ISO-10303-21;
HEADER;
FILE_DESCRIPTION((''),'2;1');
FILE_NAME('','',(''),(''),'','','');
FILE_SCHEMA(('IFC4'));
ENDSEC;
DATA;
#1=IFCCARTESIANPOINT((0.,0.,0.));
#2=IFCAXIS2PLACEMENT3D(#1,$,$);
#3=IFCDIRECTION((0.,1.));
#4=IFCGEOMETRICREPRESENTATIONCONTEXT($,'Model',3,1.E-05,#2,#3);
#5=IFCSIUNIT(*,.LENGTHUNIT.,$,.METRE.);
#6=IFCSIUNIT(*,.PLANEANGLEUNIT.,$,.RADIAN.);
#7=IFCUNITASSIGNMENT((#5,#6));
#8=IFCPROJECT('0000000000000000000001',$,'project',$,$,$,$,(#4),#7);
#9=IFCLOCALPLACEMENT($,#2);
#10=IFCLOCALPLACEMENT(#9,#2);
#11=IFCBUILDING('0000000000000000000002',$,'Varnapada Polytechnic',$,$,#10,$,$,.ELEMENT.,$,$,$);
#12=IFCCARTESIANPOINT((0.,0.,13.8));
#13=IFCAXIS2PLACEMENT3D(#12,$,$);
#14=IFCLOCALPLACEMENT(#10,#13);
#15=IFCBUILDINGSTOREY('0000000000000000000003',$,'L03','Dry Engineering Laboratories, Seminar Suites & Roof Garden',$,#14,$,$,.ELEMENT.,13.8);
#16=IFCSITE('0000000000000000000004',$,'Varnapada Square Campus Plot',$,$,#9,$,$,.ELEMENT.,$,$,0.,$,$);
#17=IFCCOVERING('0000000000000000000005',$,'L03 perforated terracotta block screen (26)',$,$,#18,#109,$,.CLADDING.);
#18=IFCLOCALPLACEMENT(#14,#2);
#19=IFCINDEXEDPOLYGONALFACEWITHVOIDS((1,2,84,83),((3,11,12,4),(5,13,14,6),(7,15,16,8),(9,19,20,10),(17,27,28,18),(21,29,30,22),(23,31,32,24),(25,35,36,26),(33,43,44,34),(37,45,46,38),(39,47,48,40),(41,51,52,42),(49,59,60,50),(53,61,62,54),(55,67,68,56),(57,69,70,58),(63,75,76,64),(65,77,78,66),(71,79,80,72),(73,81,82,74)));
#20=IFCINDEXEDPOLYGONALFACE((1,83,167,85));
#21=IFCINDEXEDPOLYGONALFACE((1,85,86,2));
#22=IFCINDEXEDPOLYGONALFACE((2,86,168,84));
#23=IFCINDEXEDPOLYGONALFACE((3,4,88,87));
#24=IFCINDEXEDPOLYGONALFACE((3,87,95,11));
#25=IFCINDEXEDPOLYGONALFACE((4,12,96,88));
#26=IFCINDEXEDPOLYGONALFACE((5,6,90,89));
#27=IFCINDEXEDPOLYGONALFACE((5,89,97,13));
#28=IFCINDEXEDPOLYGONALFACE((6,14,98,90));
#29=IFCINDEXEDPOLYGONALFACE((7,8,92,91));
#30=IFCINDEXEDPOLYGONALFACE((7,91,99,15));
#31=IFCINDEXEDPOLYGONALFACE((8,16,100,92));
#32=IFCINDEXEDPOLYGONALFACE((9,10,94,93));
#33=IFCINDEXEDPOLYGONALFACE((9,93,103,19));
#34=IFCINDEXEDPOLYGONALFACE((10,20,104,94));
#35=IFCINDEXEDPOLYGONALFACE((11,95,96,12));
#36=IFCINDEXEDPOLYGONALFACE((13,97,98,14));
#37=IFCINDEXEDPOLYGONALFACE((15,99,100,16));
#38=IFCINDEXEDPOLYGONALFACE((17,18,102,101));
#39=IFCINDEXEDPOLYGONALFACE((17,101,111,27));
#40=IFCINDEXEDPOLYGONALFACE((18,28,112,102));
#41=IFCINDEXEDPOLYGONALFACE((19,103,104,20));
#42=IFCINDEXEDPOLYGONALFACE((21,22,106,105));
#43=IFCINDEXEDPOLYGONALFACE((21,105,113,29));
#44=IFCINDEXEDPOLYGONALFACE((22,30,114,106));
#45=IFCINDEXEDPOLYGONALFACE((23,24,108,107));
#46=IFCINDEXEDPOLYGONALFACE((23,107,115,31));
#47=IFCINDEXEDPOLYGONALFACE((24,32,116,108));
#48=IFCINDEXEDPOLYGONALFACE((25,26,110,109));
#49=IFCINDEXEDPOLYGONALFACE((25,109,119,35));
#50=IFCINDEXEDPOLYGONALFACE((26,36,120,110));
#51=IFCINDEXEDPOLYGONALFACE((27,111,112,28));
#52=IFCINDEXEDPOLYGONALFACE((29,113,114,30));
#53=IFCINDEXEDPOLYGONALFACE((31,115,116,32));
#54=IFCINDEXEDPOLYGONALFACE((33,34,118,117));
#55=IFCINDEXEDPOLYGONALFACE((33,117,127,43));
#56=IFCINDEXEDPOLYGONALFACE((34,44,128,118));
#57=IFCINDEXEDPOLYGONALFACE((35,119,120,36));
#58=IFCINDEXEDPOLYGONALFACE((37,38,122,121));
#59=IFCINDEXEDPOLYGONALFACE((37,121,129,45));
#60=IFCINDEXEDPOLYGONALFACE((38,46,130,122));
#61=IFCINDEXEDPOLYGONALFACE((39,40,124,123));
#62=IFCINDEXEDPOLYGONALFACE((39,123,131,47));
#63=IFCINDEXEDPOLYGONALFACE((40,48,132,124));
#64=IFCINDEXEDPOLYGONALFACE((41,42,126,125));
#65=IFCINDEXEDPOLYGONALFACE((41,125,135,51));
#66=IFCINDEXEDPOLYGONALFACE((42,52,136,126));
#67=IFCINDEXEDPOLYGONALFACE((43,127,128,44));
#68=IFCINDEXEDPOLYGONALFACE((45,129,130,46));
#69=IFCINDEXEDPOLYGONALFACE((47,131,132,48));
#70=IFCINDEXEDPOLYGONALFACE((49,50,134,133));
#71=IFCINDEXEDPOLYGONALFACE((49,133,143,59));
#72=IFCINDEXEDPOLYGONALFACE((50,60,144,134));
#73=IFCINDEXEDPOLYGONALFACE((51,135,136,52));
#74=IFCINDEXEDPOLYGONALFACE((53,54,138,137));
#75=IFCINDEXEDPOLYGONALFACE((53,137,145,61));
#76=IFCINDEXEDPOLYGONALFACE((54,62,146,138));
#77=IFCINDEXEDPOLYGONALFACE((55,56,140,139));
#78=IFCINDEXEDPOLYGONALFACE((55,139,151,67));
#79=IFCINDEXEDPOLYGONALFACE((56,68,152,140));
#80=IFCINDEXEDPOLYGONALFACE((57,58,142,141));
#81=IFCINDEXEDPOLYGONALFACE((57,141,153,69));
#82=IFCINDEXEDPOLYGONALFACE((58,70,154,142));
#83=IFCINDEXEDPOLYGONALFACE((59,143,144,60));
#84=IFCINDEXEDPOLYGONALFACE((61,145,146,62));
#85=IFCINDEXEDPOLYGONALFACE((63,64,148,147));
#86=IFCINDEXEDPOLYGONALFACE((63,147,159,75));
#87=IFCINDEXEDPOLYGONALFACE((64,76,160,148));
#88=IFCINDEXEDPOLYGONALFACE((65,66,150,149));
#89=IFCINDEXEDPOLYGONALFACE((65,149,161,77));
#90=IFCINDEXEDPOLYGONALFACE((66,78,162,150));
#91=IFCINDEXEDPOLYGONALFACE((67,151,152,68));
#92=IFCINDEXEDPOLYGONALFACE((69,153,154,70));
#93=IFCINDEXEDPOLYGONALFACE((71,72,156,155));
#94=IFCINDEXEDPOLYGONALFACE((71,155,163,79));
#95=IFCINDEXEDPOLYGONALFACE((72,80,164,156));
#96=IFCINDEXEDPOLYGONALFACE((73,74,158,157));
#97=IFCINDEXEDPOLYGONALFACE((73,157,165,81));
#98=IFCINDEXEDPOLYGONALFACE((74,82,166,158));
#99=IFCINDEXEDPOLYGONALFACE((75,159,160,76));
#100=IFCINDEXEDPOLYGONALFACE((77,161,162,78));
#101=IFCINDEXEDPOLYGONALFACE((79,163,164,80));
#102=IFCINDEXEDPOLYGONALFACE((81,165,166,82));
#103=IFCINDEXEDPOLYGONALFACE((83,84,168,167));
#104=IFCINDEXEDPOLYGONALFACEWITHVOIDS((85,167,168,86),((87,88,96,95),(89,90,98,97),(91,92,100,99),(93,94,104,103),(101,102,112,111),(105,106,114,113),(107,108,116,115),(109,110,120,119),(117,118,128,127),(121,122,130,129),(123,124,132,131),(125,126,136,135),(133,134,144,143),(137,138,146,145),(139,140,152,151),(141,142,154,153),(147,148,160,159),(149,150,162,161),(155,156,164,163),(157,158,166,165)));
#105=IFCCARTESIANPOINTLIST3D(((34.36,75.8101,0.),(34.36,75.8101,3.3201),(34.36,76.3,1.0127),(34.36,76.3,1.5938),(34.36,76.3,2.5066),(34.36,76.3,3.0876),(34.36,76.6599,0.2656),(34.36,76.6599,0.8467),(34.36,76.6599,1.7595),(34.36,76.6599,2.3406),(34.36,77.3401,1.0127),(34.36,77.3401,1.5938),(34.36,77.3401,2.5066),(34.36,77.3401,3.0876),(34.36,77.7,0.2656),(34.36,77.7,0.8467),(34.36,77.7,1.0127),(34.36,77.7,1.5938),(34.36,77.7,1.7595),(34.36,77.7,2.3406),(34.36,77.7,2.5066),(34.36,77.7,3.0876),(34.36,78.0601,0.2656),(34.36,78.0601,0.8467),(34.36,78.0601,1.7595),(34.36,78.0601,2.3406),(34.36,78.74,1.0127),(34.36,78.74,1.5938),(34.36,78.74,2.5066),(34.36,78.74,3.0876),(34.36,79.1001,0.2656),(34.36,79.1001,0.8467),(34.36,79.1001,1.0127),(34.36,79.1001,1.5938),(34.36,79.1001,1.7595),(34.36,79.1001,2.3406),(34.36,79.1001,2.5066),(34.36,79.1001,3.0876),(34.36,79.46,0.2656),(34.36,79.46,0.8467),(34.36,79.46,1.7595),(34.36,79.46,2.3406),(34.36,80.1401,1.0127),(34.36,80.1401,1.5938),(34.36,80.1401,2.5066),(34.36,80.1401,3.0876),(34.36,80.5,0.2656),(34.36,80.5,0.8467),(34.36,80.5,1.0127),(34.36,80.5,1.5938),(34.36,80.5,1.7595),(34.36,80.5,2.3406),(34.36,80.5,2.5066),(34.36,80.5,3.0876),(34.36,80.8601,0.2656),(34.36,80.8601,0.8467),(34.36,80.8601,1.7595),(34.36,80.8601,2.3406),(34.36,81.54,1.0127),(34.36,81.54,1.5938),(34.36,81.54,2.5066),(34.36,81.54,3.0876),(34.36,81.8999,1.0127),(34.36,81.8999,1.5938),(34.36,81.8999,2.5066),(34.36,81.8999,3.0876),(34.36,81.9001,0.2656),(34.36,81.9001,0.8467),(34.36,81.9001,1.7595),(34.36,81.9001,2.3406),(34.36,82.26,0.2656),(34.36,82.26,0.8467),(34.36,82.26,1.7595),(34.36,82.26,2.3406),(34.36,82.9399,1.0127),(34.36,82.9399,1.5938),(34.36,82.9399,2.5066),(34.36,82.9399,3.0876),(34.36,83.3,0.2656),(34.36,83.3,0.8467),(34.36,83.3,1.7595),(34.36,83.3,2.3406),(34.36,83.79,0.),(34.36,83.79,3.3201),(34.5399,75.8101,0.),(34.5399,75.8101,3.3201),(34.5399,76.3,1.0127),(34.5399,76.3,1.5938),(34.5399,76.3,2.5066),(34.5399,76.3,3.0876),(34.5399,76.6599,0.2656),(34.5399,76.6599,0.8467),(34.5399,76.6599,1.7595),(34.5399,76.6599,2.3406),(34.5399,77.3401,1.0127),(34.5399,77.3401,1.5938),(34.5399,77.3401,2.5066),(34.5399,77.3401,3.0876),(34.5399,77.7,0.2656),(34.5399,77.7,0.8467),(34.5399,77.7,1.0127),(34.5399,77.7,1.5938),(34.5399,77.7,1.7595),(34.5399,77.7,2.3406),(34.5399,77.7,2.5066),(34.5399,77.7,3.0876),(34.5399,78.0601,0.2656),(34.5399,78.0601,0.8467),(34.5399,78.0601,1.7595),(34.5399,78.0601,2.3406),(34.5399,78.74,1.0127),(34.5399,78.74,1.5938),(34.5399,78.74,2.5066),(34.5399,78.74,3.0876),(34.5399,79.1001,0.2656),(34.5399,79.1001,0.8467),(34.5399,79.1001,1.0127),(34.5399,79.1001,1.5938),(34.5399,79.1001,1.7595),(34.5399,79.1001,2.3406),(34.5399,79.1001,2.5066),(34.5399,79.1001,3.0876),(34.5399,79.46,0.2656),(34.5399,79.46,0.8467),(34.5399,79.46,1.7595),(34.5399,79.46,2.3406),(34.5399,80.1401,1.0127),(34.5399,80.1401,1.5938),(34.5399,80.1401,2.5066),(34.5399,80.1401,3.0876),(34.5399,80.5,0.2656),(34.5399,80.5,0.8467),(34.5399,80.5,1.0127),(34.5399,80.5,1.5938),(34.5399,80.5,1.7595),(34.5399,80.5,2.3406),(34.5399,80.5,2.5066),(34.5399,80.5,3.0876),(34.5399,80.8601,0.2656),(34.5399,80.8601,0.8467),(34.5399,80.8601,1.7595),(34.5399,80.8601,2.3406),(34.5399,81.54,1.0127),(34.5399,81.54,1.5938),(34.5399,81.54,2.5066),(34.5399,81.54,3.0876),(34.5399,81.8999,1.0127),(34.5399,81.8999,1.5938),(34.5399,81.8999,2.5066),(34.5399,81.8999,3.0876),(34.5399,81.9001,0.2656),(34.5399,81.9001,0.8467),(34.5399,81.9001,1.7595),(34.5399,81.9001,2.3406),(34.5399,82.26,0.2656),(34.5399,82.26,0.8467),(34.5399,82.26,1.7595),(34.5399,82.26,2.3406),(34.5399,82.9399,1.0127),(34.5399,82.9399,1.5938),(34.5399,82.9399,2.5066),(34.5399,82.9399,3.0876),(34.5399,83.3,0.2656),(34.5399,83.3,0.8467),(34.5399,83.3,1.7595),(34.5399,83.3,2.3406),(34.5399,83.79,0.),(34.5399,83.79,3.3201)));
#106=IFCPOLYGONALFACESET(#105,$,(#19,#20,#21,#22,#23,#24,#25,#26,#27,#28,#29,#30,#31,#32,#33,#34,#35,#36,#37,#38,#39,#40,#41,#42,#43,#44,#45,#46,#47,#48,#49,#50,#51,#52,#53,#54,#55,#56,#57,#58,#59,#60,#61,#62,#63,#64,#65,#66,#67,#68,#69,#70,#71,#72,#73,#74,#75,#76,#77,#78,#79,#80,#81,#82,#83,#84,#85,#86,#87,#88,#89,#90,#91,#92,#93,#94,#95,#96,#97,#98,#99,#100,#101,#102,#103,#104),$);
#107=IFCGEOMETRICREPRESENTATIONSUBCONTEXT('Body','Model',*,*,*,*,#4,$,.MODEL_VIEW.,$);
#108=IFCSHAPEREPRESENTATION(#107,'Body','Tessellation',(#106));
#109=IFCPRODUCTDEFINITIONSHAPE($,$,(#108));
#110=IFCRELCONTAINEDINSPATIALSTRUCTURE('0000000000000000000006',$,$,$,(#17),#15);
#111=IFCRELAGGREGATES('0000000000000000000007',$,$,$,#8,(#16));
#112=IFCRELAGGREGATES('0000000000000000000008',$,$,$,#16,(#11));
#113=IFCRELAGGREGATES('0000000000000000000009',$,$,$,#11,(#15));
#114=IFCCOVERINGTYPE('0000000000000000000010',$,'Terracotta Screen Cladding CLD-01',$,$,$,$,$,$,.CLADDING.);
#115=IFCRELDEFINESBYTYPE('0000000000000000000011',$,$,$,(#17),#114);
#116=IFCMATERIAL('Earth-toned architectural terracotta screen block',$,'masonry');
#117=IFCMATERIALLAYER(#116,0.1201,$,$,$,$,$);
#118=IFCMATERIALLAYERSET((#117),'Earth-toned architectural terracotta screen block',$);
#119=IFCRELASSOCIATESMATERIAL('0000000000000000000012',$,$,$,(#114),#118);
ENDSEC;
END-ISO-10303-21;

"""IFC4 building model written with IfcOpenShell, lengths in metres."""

from ifc_helpers import new_model, si_unit, direction, frame, frame_2d, origin, place, context, subcontext, project, spatial, rectangle, extrude, material, layer, layer_set, type_object, element, save


model = new_model("IFC4")

# Units and contexts
model_context = context("Model", 3, precision=1e-05, world=origin(), true_north=direction((0.0, 1.0)))
body_context = subcontext(model_context, "Body", "Model", "MODEL_VIEW")
ifc_project = project(units=[si_unit("LENGTHUNIT", "METRE"), si_unit("PLANEANGLEUNIT", "RADIAN")], contexts=[model_context])

# Site, building, storey
site_placement = place(None, origin())
site = spatial("IfcSite", under=ifc_project, at=site_placement, Name="Varnapada Square Campus Plot", CompositionType="ELEMENT", RefElevation=0.0)
building_placement = place(site_placement, origin())
building = spatial("IfcBuilding", under=site, at=building_placement, Name="Varnapada Polytechnic", CompositionType="ELEMENT")
storey_placement = place(building_placement, frame((0.0, 0.0, 13.8)))
storey = spatial("IfcBuildingStorey", under=building, at=storey_placement, Name="L03", Description="Dry Engineering Laboratories, Seminar Suites & Roof Garden", CompositionType="ELEMENT", Elevation=13.8)

# Covering, openings
ifc_material = material(Name="Earth-toned architectural terracotta screen block", Category="masonry")
ifc_layer = layer(ifc_material, 0.1201)
ifc_layer_set = layer_set([ifc_layer], Name="Earth-toned architectural terracotta screen block")
covering_type = type_object("IfcCoveringType", Name="Terracotta Screen Cladding CLD-01", PredefinedType="CLADDING", material=ifc_layer_set)
covering_placement = place(storey_placement, frame((34.45, 83.79, 0.0), z_axis=(0.0, 0.0, 1.0), x_axis=(0.0, -1.0, 0.0)))
covering = element("IfcCovering", 1, at=covering_placement, inside=storey, type_object=covering_type, Name="L03 perforated terracotta block screen (26)", PredefinedType="CLADDING", context=body_context, shape_type="SweptSolid", body=[
    extrude(rectangle(XDim=7.98, YDim=0.1799, at=frame_2d((3.99, 0.0))), origin(), (0.0, 0.0, 1.0), 3.3201),
])
opening_1_placement = place(covering_placement, frame((0.49, 0.0, 0.2656)))
element("IfcOpeningElement", 2, at=opening_1_placement, cuts=covering, PredefinedType="OPENING", context=body_context, shape_type="SweptSolid", body=[
    extrude(rectangle(XDim=1.04, YDim=0.5811, at=frame_2d((0.52, 0.2905))), frame((0.0, 0.0999, 0.0), z_axis=(0.0, -1.0, 0.0), x_axis=(1.0, 0.0, 0.0)), (0.0, 0.0, 1.0), 0.2),
])
opening_2_placement = place(covering_placement, frame((1.8899, 0.0, 0.2656)))
element("IfcOpeningElement", 3, at=opening_2_placement, cuts=covering, PredefinedType="OPENING", context=body_context, shape_type="SweptSolid", body=[
    extrude(rectangle(XDim=1.04, YDim=0.5811, at=frame_2d((0.52, 0.2905))), frame((0.0, 0.0999, 0.0), z_axis=(0.0, -1.0, 0.0), x_axis=(1.0, 0.0, 0.0)), (0.0, 0.0, 1.0), 0.2),
])
opening_3_placement = place(covering_placement, frame((3.29, 0.0, 0.2656)))
element("IfcOpeningElement", 4, at=opening_3_placement, cuts=covering, PredefinedType="OPENING", context=body_context, shape_type="SweptSolid", body=[
    extrude(rectangle(XDim=1.04, YDim=0.5811, at=frame_2d((0.52, 0.2905))), frame((0.0, 0.0999, 0.0), z_axis=(0.0, -1.0, 0.0), x_axis=(1.0, 0.0, 0.0)), (0.0, 0.0, 1.0), 0.2),
])
opening_4_placement = place(covering_placement, frame((4.6899, 0.0, 0.2656)))
element("IfcOpeningElement", 5, at=opening_4_placement, cuts=covering, PredefinedType="OPENING", context=body_context, shape_type="SweptSolid", body=[
    extrude(rectangle(XDim=1.04, YDim=0.5811, at=frame_2d((0.52, 0.2905))), frame((0.0, 0.0999, 0.0), z_axis=(0.0, -1.0, 0.0), x_axis=(1.0, 0.0, 0.0)), (0.0, 0.0, 1.0), 0.2),
])
opening_5_placement = place(covering_placement, frame((6.0901, 0.0, 0.2656)))
element("IfcOpeningElement", 6, at=opening_5_placement, cuts=covering, PredefinedType="OPENING", context=body_context, shape_type="SweptSolid", body=[
    extrude(rectangle(XDim=1.04, YDim=0.5811, at=frame_2d((0.52, 0.2905))), frame((0.0, 0.0999, 0.0), z_axis=(0.0, -1.0, 0.0), x_axis=(1.0, 0.0, 0.0)), (0.0, 0.0, 1.0), 0.2),
])
opening_6_placement = place(covering_placement, frame((0.8501, 0.0, 1.0127)))
element("IfcOpeningElement", 7, at=opening_6_placement, cuts=covering, PredefinedType="OPENING", context=body_context, shape_type="SweptSolid", body=[
    extrude(rectangle(XDim=1.04, YDim=0.5811, at=frame_2d((0.52, 0.2905))), frame((0.0, 0.0999, 0.0), z_axis=(0.0, -1.0, 0.0), x_axis=(1.0, 0.0, 0.0)), (0.0, 0.0, 1.0), 0.2),
])
opening_7_placement = place(covering_placement, frame((2.25, 0.0, 1.0127)))
element("IfcOpeningElement", 8, at=opening_7_placement, cuts=covering, PredefinedType="OPENING", context=body_context, shape_type="SweptSolid", body=[
    extrude(rectangle(XDim=1.04, YDim=0.5811, at=frame_2d((0.52, 0.2905))), frame((0.0, 0.0999, 0.0), z_axis=(0.0, -1.0, 0.0), x_axis=(1.0, 0.0, 0.0)), (0.0, 0.0, 1.0), 0.2),
])
opening_8_placement = place(covering_placement, frame((3.6499, 0.0, 1.0127)))
element("IfcOpeningElement", 9, at=opening_8_placement, cuts=covering, PredefinedType="OPENING", context=body_context, shape_type="SweptSolid", body=[
    extrude(rectangle(XDim=1.04, YDim=0.5811, at=frame_2d((0.52, 0.2905))), frame((0.0, 0.0999, 0.0), z_axis=(0.0, -1.0, 0.0), x_axis=(1.0, 0.0, 0.0)), (0.0, 0.0, 1.0), 0.2),
])
opening_9_placement = place(covering_placement, frame((5.05, 0.0, 1.0127)))
element("IfcOpeningElement", 10, at=opening_9_placement, cuts=covering, PredefinedType="OPENING", context=body_context, shape_type="SweptSolid", body=[
    extrude(rectangle(XDim=1.04, YDim=0.5811, at=frame_2d((0.52, 0.2905))), frame((0.0, 0.0999, 0.0), z_axis=(0.0, -1.0, 0.0), x_axis=(1.0, 0.0, 0.0)), (0.0, 0.0, 1.0), 0.2),
])
opening_10_placement = place(covering_placement, frame((6.45, 0.0, 1.0127)))
element("IfcOpeningElement", 11, at=opening_10_placement, cuts=covering, PredefinedType="OPENING", context=body_context, shape_type="SweptSolid", body=[
    extrude(rectangle(XDim=1.04, YDim=0.5811, at=frame_2d((0.52, 0.2905))), frame((0.0, 0.0999, 0.0), z_axis=(0.0, -1.0, 0.0), x_axis=(1.0, 0.0, 0.0)), (0.0, 0.0, 1.0), 0.2),
])
opening_11_placement = place(covering_placement, frame((0.49, 0.0, 1.7595)))
element("IfcOpeningElement", 12, at=opening_11_placement, cuts=covering, PredefinedType="OPENING", context=body_context, shape_type="SweptSolid", body=[
    extrude(rectangle(XDim=1.04, YDim=0.5811, at=frame_2d((0.52, 0.2905))), frame((0.0, 0.0999, 0.0), z_axis=(0.0, -1.0, 0.0), x_axis=(1.0, 0.0, 0.0)), (0.0, 0.0, 1.0), 0.2),
])
opening_12_placement = place(covering_placement, frame((1.8899, 0.0, 1.7595)))
element("IfcOpeningElement", 13, at=opening_12_placement, cuts=covering, PredefinedType="OPENING", context=body_context, shape_type="SweptSolid", body=[
    extrude(rectangle(XDim=1.04, YDim=0.5811, at=frame_2d((0.52, 0.2905))), frame((0.0, 0.0999, 0.0), z_axis=(0.0, -1.0, 0.0), x_axis=(1.0, 0.0, 0.0)), (0.0, 0.0, 1.0), 0.2),
])
opening_13_placement = place(covering_placement, frame((3.29, 0.0, 1.7595)))
element("IfcOpeningElement", 14, at=opening_13_placement, cuts=covering, PredefinedType="OPENING", context=body_context, shape_type="SweptSolid", body=[
    extrude(rectangle(XDim=1.04, YDim=0.5811, at=frame_2d((0.52, 0.2905))), frame((0.0, 0.0999, 0.0), z_axis=(0.0, -1.0, 0.0), x_axis=(1.0, 0.0, 0.0)), (0.0, 0.0, 1.0), 0.2),
])
opening_14_placement = place(covering_placement, frame((4.6899, 0.0, 1.7595)))
element("IfcOpeningElement", 15, at=opening_14_placement, cuts=covering, PredefinedType="OPENING", context=body_context, shape_type="SweptSolid", body=[
    extrude(rectangle(XDim=1.04, YDim=0.5811, at=frame_2d((0.52, 0.2905))), frame((0.0, 0.0999, 0.0), z_axis=(0.0, -1.0, 0.0), x_axis=(1.0, 0.0, 0.0)), (0.0, 0.0, 1.0), 0.2),
])
opening_15_placement = place(covering_placement, frame((6.0901, 0.0, 1.7595)))
element("IfcOpeningElement", 16, at=opening_15_placement, cuts=covering, PredefinedType="OPENING", context=body_context, shape_type="SweptSolid", body=[
    extrude(rectangle(XDim=1.04, YDim=0.5811, at=frame_2d((0.52, 0.2905))), frame((0.0, 0.0999, 0.0), z_axis=(0.0, -1.0, 0.0), x_axis=(1.0, 0.0, 0.0)), (0.0, 0.0, 1.0), 0.2),
])
opening_16_placement = place(covering_placement, frame((0.8501, 0.0, 2.5066)))
element("IfcOpeningElement", 17, at=opening_16_placement, cuts=covering, PredefinedType="OPENING", context=body_context, shape_type="SweptSolid", body=[
    extrude(rectangle(XDim=1.04, YDim=0.5811, at=frame_2d((0.52, 0.2905))), frame((0.0, 0.0999, 0.0), z_axis=(0.0, -1.0, 0.0), x_axis=(1.0, 0.0, 0.0)), (0.0, 0.0, 1.0), 0.2),
])
opening_17_placement = place(covering_placement, frame((2.25, 0.0, 2.5066)))
element("IfcOpeningElement", 18, at=opening_17_placement, cuts=covering, PredefinedType="OPENING", context=body_context, shape_type="SweptSolid", body=[
    extrude(rectangle(XDim=1.04, YDim=0.5811, at=frame_2d((0.52, 0.2905))), frame((0.0, 0.0999, 0.0), z_axis=(0.0, -1.0, 0.0), x_axis=(1.0, 0.0, 0.0)), (0.0, 0.0, 1.0), 0.2),
])
opening_18_placement = place(covering_placement, frame((3.6499, 0.0, 2.5066)))
element("IfcOpeningElement", 19, at=opening_18_placement, cuts=covering, PredefinedType="OPENING", context=body_context, shape_type="SweptSolid", body=[
    extrude(rectangle(XDim=1.04, YDim=0.5811, at=frame_2d((0.52, 0.2905))), frame((0.0, 0.0999, 0.0), z_axis=(0.0, -1.0, 0.0), x_axis=(1.0, 0.0, 0.0)), (0.0, 0.0, 1.0), 0.2),
])
opening_19_placement = place(covering_placement, frame((5.05, 0.0, 2.5066)))
element("IfcOpeningElement", 20, at=opening_19_placement, cuts=covering, PredefinedType="OPENING", context=body_context, shape_type="SweptSolid", body=[
    extrude(rectangle(XDim=1.04, YDim=0.5811, at=frame_2d((0.52, 0.2905))), frame((0.0, 0.0999, 0.0), z_axis=(0.0, -1.0, 0.0), x_axis=(1.0, 0.0, 0.0)), (0.0, 0.0, 1.0), 0.2),
])
opening_20_placement = place(covering_placement, frame((6.45, 0.0, 2.5066)))
element("IfcOpeningElement", 21, at=opening_20_placement, cuts=covering, PredefinedType="OPENING", context=body_context, shape_type="SweptSolid", body=[
    extrude(rectangle(XDim=1.04, YDim=0.5811, at=frame_2d((0.52, 0.2905))), frame((0.0, 0.0999, 0.0), z_axis=(0.0, -1.0, 0.0), x_axis=(1.0, 0.0, 0.0)), (0.0, 0.0, 1.0), 0.2),
])

save(model, "model.ifc")
